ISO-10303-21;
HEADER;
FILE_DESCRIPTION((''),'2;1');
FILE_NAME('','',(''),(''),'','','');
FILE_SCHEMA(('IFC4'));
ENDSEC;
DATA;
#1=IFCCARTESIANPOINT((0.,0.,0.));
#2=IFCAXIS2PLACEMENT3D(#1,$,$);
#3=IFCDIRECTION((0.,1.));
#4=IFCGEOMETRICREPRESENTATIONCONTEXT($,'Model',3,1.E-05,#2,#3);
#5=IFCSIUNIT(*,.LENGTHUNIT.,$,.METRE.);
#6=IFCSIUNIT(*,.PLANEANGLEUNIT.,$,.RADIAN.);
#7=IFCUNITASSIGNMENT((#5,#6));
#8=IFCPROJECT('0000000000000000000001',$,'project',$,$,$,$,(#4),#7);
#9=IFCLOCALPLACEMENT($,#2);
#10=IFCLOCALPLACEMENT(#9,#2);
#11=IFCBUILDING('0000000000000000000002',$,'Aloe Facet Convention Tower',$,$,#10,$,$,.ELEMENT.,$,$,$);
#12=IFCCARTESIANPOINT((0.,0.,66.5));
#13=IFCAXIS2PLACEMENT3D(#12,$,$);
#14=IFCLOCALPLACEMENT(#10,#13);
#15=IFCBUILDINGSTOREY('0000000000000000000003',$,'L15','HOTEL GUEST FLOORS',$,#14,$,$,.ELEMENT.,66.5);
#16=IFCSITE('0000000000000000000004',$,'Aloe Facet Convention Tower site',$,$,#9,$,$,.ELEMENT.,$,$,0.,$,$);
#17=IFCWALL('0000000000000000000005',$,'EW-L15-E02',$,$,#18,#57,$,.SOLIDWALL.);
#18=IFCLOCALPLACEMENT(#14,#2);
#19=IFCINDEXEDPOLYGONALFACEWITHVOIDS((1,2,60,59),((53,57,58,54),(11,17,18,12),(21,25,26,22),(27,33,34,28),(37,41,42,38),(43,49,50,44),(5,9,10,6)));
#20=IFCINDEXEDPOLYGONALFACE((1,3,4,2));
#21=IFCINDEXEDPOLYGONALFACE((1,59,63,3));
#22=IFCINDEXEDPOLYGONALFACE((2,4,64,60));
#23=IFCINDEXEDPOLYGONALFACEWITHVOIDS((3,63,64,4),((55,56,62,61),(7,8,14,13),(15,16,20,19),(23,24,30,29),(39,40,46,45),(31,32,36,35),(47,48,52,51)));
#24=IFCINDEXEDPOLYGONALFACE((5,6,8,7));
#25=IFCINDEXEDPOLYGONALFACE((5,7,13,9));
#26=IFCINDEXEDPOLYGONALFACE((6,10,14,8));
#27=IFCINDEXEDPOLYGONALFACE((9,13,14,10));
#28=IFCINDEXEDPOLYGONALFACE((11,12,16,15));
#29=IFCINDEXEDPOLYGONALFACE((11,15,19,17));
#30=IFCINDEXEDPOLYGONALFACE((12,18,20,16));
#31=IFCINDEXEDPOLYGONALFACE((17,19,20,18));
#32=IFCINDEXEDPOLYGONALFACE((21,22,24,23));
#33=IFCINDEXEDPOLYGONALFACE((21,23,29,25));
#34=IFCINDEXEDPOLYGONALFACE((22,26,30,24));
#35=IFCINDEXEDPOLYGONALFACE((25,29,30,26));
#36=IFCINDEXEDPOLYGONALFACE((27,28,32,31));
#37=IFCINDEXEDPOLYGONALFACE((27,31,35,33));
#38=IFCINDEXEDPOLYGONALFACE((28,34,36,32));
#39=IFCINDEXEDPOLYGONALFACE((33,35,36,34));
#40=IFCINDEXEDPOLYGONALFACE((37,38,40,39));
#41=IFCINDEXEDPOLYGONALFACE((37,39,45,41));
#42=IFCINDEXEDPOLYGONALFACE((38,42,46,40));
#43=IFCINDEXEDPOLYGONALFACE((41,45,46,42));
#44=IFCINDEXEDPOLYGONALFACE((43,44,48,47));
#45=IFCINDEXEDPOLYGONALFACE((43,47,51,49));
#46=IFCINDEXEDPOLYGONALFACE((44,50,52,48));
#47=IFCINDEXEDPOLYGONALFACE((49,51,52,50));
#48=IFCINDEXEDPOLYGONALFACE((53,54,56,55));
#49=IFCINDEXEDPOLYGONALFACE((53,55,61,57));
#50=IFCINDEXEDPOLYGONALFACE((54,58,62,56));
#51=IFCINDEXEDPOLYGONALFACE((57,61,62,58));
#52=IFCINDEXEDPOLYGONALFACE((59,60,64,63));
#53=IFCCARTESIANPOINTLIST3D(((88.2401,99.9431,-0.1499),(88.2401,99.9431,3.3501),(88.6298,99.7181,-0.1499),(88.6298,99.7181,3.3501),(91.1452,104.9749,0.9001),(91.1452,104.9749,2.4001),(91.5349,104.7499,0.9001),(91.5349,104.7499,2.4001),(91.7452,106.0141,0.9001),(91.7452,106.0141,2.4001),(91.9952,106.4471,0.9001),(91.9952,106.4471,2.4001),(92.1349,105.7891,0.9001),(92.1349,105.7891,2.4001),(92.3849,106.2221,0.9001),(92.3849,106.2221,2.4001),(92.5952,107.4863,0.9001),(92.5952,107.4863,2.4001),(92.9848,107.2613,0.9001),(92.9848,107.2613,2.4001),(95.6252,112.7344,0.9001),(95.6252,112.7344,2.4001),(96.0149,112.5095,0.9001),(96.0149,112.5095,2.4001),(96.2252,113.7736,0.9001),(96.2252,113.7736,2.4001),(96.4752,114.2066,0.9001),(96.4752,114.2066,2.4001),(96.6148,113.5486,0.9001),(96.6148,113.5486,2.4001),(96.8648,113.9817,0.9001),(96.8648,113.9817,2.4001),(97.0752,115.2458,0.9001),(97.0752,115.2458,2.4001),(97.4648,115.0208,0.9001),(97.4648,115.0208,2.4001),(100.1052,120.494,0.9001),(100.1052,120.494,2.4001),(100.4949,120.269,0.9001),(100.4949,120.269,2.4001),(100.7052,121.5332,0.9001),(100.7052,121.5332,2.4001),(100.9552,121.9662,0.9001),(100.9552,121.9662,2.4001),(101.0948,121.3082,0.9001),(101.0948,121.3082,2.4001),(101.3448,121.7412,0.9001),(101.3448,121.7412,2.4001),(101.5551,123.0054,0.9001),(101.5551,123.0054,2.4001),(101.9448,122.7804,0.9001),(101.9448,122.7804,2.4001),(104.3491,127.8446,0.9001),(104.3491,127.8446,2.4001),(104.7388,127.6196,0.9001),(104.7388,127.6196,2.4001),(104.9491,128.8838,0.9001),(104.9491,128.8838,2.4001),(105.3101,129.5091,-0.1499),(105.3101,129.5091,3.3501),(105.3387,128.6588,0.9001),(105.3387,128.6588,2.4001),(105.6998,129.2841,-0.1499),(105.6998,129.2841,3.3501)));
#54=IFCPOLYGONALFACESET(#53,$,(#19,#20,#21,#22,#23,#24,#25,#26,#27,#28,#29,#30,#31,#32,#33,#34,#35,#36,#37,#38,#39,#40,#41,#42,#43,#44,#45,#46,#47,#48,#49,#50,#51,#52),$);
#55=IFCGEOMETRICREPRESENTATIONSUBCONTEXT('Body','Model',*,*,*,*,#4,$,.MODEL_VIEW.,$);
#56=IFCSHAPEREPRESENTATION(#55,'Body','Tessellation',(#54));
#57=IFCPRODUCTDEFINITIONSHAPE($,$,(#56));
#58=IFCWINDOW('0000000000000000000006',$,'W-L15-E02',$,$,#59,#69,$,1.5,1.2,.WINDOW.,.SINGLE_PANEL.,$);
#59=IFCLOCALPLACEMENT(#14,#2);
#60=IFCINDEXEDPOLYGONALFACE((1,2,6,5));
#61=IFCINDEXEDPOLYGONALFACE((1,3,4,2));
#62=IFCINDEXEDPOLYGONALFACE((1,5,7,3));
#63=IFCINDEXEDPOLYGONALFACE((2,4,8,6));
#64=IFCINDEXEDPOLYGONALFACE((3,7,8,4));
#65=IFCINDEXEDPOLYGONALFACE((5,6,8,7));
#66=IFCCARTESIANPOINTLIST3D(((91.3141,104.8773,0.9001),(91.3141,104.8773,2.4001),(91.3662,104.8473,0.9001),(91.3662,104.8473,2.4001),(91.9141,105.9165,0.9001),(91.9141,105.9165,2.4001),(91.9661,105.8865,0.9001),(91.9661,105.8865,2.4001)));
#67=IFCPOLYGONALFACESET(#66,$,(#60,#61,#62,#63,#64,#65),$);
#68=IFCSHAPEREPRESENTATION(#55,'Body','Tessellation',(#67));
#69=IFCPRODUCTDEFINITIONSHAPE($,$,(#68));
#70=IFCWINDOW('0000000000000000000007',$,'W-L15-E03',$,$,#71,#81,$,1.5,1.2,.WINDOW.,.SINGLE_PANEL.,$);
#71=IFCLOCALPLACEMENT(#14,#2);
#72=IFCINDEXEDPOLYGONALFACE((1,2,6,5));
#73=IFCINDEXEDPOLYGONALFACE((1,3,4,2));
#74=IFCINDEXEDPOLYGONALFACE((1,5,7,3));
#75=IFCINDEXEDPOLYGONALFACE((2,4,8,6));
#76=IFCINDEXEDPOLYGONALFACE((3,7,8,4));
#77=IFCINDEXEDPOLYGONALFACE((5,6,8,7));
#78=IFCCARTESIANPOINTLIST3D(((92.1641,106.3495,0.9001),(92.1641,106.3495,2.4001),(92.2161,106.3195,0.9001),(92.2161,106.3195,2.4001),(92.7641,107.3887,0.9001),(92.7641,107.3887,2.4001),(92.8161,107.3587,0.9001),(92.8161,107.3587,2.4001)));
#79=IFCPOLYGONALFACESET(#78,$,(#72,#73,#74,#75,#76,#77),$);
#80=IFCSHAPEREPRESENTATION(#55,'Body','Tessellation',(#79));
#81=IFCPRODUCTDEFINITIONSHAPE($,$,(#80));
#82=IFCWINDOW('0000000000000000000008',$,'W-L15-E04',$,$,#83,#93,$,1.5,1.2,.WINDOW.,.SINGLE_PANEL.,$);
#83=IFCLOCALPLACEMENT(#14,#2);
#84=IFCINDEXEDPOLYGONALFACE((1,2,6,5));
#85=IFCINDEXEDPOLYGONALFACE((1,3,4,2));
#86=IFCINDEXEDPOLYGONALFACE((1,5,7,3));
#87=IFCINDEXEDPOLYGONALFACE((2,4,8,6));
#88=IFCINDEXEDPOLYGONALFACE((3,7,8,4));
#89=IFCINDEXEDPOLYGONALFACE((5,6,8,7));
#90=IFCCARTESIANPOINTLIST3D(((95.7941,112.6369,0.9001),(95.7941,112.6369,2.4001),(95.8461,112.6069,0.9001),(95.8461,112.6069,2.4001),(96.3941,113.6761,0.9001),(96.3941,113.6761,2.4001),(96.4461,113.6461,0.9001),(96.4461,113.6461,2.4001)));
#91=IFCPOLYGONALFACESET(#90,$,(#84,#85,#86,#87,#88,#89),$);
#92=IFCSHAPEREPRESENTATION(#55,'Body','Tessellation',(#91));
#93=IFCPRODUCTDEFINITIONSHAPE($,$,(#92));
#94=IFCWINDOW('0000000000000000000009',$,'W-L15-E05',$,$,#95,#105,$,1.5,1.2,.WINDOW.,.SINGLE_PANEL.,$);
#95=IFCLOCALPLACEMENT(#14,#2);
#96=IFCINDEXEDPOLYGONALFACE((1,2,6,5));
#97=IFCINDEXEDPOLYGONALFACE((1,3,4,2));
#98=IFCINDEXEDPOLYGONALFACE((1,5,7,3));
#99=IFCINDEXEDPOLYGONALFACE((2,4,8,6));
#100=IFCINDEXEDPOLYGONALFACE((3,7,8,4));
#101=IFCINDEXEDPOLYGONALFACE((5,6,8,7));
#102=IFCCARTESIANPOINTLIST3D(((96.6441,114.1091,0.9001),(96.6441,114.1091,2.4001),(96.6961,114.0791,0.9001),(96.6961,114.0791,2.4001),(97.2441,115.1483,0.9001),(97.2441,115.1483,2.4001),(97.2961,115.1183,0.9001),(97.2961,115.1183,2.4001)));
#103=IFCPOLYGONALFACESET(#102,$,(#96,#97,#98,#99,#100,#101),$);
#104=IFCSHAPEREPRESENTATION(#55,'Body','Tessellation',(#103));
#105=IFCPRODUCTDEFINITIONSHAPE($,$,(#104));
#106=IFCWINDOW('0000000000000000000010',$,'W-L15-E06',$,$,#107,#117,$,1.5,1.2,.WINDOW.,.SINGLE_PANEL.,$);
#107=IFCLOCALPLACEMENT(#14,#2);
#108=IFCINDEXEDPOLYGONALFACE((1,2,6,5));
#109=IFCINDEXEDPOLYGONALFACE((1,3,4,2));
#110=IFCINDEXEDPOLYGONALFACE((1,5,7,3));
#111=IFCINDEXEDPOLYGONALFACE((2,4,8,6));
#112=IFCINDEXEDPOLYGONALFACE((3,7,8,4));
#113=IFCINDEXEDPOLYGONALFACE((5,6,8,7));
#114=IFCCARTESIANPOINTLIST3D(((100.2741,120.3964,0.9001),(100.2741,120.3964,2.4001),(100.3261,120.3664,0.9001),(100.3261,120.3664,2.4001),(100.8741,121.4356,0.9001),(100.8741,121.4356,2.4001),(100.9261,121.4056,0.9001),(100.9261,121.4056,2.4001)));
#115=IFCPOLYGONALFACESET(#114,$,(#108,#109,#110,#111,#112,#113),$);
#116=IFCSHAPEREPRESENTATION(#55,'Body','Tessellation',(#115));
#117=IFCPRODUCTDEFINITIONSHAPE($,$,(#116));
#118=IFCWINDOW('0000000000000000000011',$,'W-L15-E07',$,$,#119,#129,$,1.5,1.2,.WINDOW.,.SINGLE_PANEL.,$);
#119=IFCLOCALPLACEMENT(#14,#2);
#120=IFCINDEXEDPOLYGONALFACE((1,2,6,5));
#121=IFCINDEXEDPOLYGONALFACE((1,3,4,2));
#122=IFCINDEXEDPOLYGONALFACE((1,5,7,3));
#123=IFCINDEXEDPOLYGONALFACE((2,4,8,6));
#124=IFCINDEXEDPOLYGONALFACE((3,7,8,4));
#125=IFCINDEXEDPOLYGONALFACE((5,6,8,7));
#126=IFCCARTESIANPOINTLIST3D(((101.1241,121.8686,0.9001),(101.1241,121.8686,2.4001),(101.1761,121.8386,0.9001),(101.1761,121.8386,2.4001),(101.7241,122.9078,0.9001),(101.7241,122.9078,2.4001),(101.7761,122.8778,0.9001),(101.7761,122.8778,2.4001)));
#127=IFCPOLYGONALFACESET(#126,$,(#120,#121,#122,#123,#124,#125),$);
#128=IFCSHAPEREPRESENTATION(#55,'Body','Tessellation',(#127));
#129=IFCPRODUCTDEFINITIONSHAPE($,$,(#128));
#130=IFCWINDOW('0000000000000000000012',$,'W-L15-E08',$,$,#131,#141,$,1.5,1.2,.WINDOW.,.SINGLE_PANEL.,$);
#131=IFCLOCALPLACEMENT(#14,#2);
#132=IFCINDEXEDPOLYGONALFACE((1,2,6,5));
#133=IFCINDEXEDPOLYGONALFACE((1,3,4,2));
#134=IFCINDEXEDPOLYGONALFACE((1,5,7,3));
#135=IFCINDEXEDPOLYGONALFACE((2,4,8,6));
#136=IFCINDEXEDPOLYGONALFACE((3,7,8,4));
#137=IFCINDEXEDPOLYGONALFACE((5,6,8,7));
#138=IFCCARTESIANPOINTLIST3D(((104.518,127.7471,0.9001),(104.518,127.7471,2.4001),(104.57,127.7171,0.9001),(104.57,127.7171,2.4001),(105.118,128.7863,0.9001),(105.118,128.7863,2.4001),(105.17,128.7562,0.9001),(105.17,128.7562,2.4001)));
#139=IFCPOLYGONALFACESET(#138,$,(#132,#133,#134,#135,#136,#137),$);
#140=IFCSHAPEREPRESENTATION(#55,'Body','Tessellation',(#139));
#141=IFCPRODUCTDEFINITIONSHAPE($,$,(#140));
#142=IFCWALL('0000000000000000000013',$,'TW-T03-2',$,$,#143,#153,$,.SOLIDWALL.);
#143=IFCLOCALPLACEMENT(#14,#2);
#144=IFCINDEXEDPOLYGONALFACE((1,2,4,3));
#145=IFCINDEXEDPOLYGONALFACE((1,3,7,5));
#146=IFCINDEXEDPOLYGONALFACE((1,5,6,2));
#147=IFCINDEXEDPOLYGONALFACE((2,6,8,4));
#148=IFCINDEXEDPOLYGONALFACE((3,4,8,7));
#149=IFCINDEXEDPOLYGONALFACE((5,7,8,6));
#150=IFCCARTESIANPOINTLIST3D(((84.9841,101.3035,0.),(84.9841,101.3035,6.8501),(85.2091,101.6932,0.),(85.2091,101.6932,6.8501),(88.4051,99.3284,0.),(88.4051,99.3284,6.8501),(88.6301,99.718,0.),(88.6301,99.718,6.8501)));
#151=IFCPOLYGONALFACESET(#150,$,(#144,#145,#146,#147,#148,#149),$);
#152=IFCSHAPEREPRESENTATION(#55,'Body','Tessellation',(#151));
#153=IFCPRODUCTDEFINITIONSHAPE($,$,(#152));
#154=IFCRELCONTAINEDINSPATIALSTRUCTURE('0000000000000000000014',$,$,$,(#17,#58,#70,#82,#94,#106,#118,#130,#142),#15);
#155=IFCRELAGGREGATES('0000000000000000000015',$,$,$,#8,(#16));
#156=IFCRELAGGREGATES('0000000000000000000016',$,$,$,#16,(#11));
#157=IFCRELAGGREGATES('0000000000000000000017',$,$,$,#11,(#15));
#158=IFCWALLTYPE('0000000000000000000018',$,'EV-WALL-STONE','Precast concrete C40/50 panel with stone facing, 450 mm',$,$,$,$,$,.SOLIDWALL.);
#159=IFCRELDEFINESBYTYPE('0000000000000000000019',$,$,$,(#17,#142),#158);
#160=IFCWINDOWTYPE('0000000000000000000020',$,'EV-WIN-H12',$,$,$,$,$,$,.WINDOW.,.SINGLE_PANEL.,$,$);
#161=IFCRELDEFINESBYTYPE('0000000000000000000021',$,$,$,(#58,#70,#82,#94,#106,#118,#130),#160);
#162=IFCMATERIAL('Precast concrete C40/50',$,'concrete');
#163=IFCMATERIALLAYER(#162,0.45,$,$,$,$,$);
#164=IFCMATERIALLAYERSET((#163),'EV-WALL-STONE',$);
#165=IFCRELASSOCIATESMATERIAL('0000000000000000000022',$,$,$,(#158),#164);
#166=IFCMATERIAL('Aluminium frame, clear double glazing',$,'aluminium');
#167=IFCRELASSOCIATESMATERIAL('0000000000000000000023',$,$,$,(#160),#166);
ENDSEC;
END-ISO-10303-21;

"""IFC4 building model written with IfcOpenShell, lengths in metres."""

from ifc_helpers import new_model, si_unit, direction, frame, frame_2d, origin, place, context, subcontext, project, spatial, polyline, rectangle, outline, extrude, material, layer, layer_set, type_object, element, fill, save


model = new_model("IFC4")

# Units and contexts
model_context = context("Model", 3, precision=1e-05, world=origin(), true_north=direction((0.0, 1.0)))
body_context = subcontext(model_context, "Body", "Model", "MODEL_VIEW")
ifc_project = project(units=[si_unit("LENGTHUNIT", "METRE"), si_unit("PLANEANGLEUNIT", "RADIAN")], contexts=[model_context])

# Site, building, storey
site_placement = place(None, origin())
site = spatial("IfcSite", under=ifc_project, at=site_placement, Name="Aloe Facet Convention Tower site", CompositionType="ELEMENT", RefElevation=0.0)
building_placement = place(site_placement, origin())
building = spatial("IfcBuilding", under=site, at=building_placement, Name="Aloe Facet Convention Tower", CompositionType="ELEMENT")
storey_placement = place(building_placement, frame((0.0, 0.0, 66.5)))
storey = spatial("IfcBuildingStorey", under=building, at=storey_placement, Name="L15", Description="HOTEL GUEST FLOORS", CompositionType="ELEMENT", Elevation=66.5)

# Wall, openings, windows
ifc_material_1 = material(Name="Precast concrete C40/50", Category="concrete")
ifc_layer_1 = layer(ifc_material_1, 0.45)
ifc_layer_set_1 = layer_set([ifc_layer_1], Name="EV-WALL-STONE")
wall_type_1 = type_object("IfcWallType", Name="EV-WALL-STONE", Description="Precast concrete C40/50 panel with stone facing, 450 mm", PredefinedType="SOLIDWALL", material=ifc_layer_set_1)
wall_1_placement = place(storey_placement, frame((88.4351, 99.8306, -0.1499), z_axis=(0.0, 0.0, 1.0), x_axis=(0.500001, 0.866025, 0.0)))
wall_1 = element("IfcWall", 1, at=wall_1_placement, inside=storey, type_object=wall_type_1, Name="EW-L15-E02", PredefinedType="SOLIDWALL", context=body_context, shape_type="SweptSolid", body=[
    extrude(outline(polyline([(34.1399, 3.5), (34.1399, 0.0), (0.0, 0.0), (0.0, 3.5), (34.1399, 3.5)])), frame((0.0, 0.2251, 0.0), z_axis=(0.0, -1.0, 0.0), x_axis=(1.0, 0.0, 0.0)), (0.0, 0.0, 1.0), 0.45),
])
opening_1_placement = place(wall_1_placement, frame((5.8101, 0.0, 1.05)))
opening_1 = element("IfcOpeningElement", 2, at=opening_1_placement, cuts=wall_1, PredefinedType="OPENING", context=body_context, shape_type="SweptSolid", body=[
    extrude(rectangle(XDim=1.2, YDim=1.5, at=frame_2d((0.6001, 0.75))), frame((0.0, 0.2349, 0.0), z_axis=(0.0, -1.0, 0.0), x_axis=(1.0, 0.0, 0.0)), (0.0, 0.0, 1.0), 0.47),
])
opening_2_placement = place(wall_1_placement, frame((7.51, 0.0, 1.05)))
opening_2 = element("IfcOpeningElement", 3, at=opening_2_placement, cuts=wall_1, PredefinedType="OPENING", context=body_context, shape_type="SweptSolid", body=[
    extrude(rectangle(XDim=1.2, YDim=1.5, at=frame_2d((0.6001, 0.75))), frame((0.0, 0.2349, 0.0), z_axis=(0.0, -1.0, 0.0), x_axis=(1.0, 0.0, 0.0)), (0.0, 0.0, 1.0), 0.47),
])
opening_3_placement = place(wall_1_placement, frame((14.77, 0.0, 1.05)))
opening_3 = element("IfcOpeningElement", 4, at=opening_3_placement, cuts=wall_1, PredefinedType="OPENING", context=body_context, shape_type="SweptSolid", body=[
    extrude(rectangle(XDim=1.2, YDim=1.5, at=frame_2d((0.6001, 0.75))), frame((0.0, 0.2349, 0.0), z_axis=(0.0, -1.0, 0.0), x_axis=(1.0, 0.0, 0.0)), (0.0, 0.0, 1.0), 0.47),
])
opening_4_placement = place(wall_1_placement, frame((16.47, 0.0, 1.05)))
opening_4 = element("IfcOpeningElement", 5, at=opening_4_placement, cuts=wall_1, PredefinedType="OPENING", context=body_context, shape_type="SweptSolid", body=[
    extrude(rectangle(XDim=1.2, YDim=1.5, at=frame_2d((0.6001, 0.75))), frame((0.0, 0.2349, 0.0), z_axis=(0.0, -1.0, 0.0), x_axis=(1.0, 0.0, 0.0)), (0.0, 0.0, 1.0), 0.47),
])
opening_5_placement = place(wall_1_placement, frame((23.73, 0.0, 1.05)))
opening_5 = element("IfcOpeningElement", 6, at=opening_5_placement, cuts=wall_1, PredefinedType="OPENING", context=body_context, shape_type="SweptSolid", body=[
    extrude(rectangle(XDim=1.2, YDim=1.5, at=frame_2d((0.6001, 0.75))), frame((0.0, 0.2349, 0.0), z_axis=(0.0, -1.0, 0.0), x_axis=(1.0, 0.0, 0.0)), (0.0, 0.0, 1.0), 0.47),
])
opening_6_placement = place(wall_1_placement, frame((25.4299, 0.0, 1.05)))
opening_6 = element("IfcOpeningElement", 7, at=opening_6_placement, cuts=wall_1, PredefinedType="OPENING", context=body_context, shape_type="SweptSolid", body=[
    extrude(rectangle(XDim=1.2, YDim=1.5, at=frame_2d((0.6001, 0.75))), frame((0.0, 0.2349, 0.0), z_axis=(0.0, -1.0, 0.0), x_axis=(1.0, 0.0, 0.0)), (0.0, 0.0, 1.0), 0.47),
])
opening_7_placement = place(wall_1_placement, frame((32.2178, 0.0, 1.05)))
opening_7 = element("IfcOpeningElement", 8, at=opening_7_placement, cuts=wall_1, PredefinedType="OPENING", context=body_context, shape_type="SweptSolid", body=[
    extrude(rectangle(XDim=1.2, YDim=1.5, at=frame_2d((0.6001, 0.75))), frame((0.0, 0.2349, 0.0), z_axis=(0.0, -1.0, 0.0), x_axis=(1.0, 0.0, 0.0)), (0.0, 0.0, 1.0), 0.47),
])
ifc_material_2 = material(Name="Aluminium frame, clear double glazing", Category="aluminium")
window_type_1 = type_object("IfcWindowType", Name="EV-WIN-H12", PartitioningType="SINGLE_PANEL", PredefinedType="WINDOW", material=ifc_material_2)
window_1_placement = place(opening_1_placement, origin())
window_1 = element("IfcWindow", 9, at=window_1_placement, inside=storey, type_object=window_type_1, Name="W-L15-E02", OverallHeight=1.5, OverallWidth=1.2, PartitioningType="SINGLE_PANEL", PredefinedType="WINDOW", context=body_context, shape_type="SweptSolid", body=[
    extrude(rectangle(XDim=1.2, YDim=1.5, at=frame_2d((0.6001, 0.75))), frame((0.0, 0.03, 0.0), z_axis=(0.0, -1.0, 0.0), x_axis=(1.0, 0.0, 0.0)), (0.0, 0.0, 1.0), 0.0601),
])
fill(opening_1, window_1)
window_2_placement = place(opening_2_placement, origin())
window_2 = element("IfcWindow", 10, at=window_2_placement, inside=storey, type_object=window_type_1, Name="W-L15-E03", OverallHeight=1.5, OverallWidth=1.2, PartitioningType="SINGLE_PANEL", PredefinedType="WINDOW", context=body_context, shape_type="SweptSolid", body=[
    extrude(rectangle(XDim=1.2, YDim=1.5, at=frame_2d((0.6001, 0.75))), frame((0.0, 0.03, 0.0), z_axis=(0.0, -1.0, 0.0), x_axis=(1.0, 0.0, 0.0)), (0.0, 0.0, 1.0), 0.0601),
])
fill(opening_2, window_2)
window_3_placement = place(opening_3_placement, origin())
window_3 = element("IfcWindow", 11, at=window_3_placement, inside=storey, type_object=window_type_1, Name="W-L15-E04", OverallHeight=1.5, OverallWidth=1.2, PartitioningType="SINGLE_PANEL", PredefinedType="WINDOW", context=body_context, shape_type="SweptSolid", body=[
    extrude(rectangle(XDim=1.2, YDim=1.5, at=frame_2d((0.6001, 0.75))), frame((0.0, 0.03, 0.0), z_axis=(0.0, -1.0, 0.0), x_axis=(1.0, 0.0, 0.0)), (0.0, 0.0, 1.0), 0.0601),
])
fill(opening_3, window_3)
window_4_placement = place(opening_4_placement, origin())
window_4 = element("IfcWindow", 12, at=window_4_placement, inside=storey, type_object=window_type_1, Name="W-L15-E05", OverallHeight=1.5, OverallWidth=1.2, PartitioningType="SINGLE_PANEL", PredefinedType="WINDOW", context=body_context, shape_type="SweptSolid", body=[
    extrude(rectangle(XDim=1.2, YDim=1.5, at=frame_2d((0.6001, 0.75))), frame((0.0, 0.03, 0.0), z_axis=(0.0, -1.0, 0.0), x_axis=(1.0, 0.0, 0.0)), (0.0, 0.0, 1.0), 0.0601),
])
fill(opening_4, window_4)
window_5_placement = place(opening_5_placement, origin())
window_5 = element("IfcWindow", 13, at=window_5_placement, inside=storey, type_object=window_type_1, Name="W-L15-E06", OverallHeight=1.5, OverallWidth=1.2, PartitioningType="SINGLE_PANEL", PredefinedType="WINDOW", context=body_context, shape_type="SweptSolid", body=[
    extrude(rectangle(XDim=1.2, YDim=1.5, at=frame_2d((0.6001, 0.75))), frame((0.0, 0.03, 0.0), z_axis=(0.0, -1.0, 0.0), x_axis=(1.0, 0.0, 0.0)), (0.0, 0.0, 1.0), 0.0601),
])
fill(opening_5, window_5)
window_6_placement = place(opening_6_placement, origin())
window_6 = element("IfcWindow", 14, at=window_6_placement, inside=storey, type_object=window_type_1, Name="W-L15-E07", OverallHeight=1.5, OverallWidth=1.2, PartitioningType="SINGLE_PANEL", PredefinedType="WINDOW", context=body_context, shape_type="SweptSolid", body=[
    extrude(rectangle(XDim=1.2, YDim=1.5, at=frame_2d((0.6001, 0.75))), frame((0.0, 0.03, 0.0), z_axis=(0.0, -1.0, 0.0), x_axis=(1.0, 0.0, 0.0)), (0.0, 0.0, 1.0), 0.0601),
])
fill(opening_6, window_6)
window_7_placement = place(opening_7_placement, origin())
window_7 = element("IfcWindow", 15, at=window_7_placement, inside=storey, type_object=window_type_1, Name="W-L15-E08", OverallHeight=1.5, OverallWidth=1.2, PartitioningType="SINGLE_PANEL", PredefinedType="WINDOW", context=body_context, shape_type="SweptSolid", body=[
    extrude(rectangle(XDim=1.2, YDim=1.5, at=frame_2d((0.6001, 0.75))), frame((0.0, 0.03, 0.0), z_axis=(0.0, -1.0, 0.0), x_axis=(1.0, 0.0, 0.0)), (0.0, 0.0, 1.0), 0.0601),
])
fill(opening_7, window_7)

# Wall
wall_2_placement = place(storey_placement, frame((88.5176, 99.5232, 0.0), z_axis=(0.0, 0.0, 1.0), x_axis=(-0.866021, 0.500008, 0.0)))
element("IfcWall", 16, at=wall_2_placement, inside=storey, type_object=wall_type_1, Name="TW-T03-2", PredefinedType="SOLIDWALL", context=body_context, shape_type="SweptSolid", body=[
    extrude(rectangle(XDim=3.9502, YDim=0.45, at=frame_2d((1.9751, 0.0))), origin(), (0.0, 0.0, 1.0), 6.8501),
])

save(model, "model.ifc")
